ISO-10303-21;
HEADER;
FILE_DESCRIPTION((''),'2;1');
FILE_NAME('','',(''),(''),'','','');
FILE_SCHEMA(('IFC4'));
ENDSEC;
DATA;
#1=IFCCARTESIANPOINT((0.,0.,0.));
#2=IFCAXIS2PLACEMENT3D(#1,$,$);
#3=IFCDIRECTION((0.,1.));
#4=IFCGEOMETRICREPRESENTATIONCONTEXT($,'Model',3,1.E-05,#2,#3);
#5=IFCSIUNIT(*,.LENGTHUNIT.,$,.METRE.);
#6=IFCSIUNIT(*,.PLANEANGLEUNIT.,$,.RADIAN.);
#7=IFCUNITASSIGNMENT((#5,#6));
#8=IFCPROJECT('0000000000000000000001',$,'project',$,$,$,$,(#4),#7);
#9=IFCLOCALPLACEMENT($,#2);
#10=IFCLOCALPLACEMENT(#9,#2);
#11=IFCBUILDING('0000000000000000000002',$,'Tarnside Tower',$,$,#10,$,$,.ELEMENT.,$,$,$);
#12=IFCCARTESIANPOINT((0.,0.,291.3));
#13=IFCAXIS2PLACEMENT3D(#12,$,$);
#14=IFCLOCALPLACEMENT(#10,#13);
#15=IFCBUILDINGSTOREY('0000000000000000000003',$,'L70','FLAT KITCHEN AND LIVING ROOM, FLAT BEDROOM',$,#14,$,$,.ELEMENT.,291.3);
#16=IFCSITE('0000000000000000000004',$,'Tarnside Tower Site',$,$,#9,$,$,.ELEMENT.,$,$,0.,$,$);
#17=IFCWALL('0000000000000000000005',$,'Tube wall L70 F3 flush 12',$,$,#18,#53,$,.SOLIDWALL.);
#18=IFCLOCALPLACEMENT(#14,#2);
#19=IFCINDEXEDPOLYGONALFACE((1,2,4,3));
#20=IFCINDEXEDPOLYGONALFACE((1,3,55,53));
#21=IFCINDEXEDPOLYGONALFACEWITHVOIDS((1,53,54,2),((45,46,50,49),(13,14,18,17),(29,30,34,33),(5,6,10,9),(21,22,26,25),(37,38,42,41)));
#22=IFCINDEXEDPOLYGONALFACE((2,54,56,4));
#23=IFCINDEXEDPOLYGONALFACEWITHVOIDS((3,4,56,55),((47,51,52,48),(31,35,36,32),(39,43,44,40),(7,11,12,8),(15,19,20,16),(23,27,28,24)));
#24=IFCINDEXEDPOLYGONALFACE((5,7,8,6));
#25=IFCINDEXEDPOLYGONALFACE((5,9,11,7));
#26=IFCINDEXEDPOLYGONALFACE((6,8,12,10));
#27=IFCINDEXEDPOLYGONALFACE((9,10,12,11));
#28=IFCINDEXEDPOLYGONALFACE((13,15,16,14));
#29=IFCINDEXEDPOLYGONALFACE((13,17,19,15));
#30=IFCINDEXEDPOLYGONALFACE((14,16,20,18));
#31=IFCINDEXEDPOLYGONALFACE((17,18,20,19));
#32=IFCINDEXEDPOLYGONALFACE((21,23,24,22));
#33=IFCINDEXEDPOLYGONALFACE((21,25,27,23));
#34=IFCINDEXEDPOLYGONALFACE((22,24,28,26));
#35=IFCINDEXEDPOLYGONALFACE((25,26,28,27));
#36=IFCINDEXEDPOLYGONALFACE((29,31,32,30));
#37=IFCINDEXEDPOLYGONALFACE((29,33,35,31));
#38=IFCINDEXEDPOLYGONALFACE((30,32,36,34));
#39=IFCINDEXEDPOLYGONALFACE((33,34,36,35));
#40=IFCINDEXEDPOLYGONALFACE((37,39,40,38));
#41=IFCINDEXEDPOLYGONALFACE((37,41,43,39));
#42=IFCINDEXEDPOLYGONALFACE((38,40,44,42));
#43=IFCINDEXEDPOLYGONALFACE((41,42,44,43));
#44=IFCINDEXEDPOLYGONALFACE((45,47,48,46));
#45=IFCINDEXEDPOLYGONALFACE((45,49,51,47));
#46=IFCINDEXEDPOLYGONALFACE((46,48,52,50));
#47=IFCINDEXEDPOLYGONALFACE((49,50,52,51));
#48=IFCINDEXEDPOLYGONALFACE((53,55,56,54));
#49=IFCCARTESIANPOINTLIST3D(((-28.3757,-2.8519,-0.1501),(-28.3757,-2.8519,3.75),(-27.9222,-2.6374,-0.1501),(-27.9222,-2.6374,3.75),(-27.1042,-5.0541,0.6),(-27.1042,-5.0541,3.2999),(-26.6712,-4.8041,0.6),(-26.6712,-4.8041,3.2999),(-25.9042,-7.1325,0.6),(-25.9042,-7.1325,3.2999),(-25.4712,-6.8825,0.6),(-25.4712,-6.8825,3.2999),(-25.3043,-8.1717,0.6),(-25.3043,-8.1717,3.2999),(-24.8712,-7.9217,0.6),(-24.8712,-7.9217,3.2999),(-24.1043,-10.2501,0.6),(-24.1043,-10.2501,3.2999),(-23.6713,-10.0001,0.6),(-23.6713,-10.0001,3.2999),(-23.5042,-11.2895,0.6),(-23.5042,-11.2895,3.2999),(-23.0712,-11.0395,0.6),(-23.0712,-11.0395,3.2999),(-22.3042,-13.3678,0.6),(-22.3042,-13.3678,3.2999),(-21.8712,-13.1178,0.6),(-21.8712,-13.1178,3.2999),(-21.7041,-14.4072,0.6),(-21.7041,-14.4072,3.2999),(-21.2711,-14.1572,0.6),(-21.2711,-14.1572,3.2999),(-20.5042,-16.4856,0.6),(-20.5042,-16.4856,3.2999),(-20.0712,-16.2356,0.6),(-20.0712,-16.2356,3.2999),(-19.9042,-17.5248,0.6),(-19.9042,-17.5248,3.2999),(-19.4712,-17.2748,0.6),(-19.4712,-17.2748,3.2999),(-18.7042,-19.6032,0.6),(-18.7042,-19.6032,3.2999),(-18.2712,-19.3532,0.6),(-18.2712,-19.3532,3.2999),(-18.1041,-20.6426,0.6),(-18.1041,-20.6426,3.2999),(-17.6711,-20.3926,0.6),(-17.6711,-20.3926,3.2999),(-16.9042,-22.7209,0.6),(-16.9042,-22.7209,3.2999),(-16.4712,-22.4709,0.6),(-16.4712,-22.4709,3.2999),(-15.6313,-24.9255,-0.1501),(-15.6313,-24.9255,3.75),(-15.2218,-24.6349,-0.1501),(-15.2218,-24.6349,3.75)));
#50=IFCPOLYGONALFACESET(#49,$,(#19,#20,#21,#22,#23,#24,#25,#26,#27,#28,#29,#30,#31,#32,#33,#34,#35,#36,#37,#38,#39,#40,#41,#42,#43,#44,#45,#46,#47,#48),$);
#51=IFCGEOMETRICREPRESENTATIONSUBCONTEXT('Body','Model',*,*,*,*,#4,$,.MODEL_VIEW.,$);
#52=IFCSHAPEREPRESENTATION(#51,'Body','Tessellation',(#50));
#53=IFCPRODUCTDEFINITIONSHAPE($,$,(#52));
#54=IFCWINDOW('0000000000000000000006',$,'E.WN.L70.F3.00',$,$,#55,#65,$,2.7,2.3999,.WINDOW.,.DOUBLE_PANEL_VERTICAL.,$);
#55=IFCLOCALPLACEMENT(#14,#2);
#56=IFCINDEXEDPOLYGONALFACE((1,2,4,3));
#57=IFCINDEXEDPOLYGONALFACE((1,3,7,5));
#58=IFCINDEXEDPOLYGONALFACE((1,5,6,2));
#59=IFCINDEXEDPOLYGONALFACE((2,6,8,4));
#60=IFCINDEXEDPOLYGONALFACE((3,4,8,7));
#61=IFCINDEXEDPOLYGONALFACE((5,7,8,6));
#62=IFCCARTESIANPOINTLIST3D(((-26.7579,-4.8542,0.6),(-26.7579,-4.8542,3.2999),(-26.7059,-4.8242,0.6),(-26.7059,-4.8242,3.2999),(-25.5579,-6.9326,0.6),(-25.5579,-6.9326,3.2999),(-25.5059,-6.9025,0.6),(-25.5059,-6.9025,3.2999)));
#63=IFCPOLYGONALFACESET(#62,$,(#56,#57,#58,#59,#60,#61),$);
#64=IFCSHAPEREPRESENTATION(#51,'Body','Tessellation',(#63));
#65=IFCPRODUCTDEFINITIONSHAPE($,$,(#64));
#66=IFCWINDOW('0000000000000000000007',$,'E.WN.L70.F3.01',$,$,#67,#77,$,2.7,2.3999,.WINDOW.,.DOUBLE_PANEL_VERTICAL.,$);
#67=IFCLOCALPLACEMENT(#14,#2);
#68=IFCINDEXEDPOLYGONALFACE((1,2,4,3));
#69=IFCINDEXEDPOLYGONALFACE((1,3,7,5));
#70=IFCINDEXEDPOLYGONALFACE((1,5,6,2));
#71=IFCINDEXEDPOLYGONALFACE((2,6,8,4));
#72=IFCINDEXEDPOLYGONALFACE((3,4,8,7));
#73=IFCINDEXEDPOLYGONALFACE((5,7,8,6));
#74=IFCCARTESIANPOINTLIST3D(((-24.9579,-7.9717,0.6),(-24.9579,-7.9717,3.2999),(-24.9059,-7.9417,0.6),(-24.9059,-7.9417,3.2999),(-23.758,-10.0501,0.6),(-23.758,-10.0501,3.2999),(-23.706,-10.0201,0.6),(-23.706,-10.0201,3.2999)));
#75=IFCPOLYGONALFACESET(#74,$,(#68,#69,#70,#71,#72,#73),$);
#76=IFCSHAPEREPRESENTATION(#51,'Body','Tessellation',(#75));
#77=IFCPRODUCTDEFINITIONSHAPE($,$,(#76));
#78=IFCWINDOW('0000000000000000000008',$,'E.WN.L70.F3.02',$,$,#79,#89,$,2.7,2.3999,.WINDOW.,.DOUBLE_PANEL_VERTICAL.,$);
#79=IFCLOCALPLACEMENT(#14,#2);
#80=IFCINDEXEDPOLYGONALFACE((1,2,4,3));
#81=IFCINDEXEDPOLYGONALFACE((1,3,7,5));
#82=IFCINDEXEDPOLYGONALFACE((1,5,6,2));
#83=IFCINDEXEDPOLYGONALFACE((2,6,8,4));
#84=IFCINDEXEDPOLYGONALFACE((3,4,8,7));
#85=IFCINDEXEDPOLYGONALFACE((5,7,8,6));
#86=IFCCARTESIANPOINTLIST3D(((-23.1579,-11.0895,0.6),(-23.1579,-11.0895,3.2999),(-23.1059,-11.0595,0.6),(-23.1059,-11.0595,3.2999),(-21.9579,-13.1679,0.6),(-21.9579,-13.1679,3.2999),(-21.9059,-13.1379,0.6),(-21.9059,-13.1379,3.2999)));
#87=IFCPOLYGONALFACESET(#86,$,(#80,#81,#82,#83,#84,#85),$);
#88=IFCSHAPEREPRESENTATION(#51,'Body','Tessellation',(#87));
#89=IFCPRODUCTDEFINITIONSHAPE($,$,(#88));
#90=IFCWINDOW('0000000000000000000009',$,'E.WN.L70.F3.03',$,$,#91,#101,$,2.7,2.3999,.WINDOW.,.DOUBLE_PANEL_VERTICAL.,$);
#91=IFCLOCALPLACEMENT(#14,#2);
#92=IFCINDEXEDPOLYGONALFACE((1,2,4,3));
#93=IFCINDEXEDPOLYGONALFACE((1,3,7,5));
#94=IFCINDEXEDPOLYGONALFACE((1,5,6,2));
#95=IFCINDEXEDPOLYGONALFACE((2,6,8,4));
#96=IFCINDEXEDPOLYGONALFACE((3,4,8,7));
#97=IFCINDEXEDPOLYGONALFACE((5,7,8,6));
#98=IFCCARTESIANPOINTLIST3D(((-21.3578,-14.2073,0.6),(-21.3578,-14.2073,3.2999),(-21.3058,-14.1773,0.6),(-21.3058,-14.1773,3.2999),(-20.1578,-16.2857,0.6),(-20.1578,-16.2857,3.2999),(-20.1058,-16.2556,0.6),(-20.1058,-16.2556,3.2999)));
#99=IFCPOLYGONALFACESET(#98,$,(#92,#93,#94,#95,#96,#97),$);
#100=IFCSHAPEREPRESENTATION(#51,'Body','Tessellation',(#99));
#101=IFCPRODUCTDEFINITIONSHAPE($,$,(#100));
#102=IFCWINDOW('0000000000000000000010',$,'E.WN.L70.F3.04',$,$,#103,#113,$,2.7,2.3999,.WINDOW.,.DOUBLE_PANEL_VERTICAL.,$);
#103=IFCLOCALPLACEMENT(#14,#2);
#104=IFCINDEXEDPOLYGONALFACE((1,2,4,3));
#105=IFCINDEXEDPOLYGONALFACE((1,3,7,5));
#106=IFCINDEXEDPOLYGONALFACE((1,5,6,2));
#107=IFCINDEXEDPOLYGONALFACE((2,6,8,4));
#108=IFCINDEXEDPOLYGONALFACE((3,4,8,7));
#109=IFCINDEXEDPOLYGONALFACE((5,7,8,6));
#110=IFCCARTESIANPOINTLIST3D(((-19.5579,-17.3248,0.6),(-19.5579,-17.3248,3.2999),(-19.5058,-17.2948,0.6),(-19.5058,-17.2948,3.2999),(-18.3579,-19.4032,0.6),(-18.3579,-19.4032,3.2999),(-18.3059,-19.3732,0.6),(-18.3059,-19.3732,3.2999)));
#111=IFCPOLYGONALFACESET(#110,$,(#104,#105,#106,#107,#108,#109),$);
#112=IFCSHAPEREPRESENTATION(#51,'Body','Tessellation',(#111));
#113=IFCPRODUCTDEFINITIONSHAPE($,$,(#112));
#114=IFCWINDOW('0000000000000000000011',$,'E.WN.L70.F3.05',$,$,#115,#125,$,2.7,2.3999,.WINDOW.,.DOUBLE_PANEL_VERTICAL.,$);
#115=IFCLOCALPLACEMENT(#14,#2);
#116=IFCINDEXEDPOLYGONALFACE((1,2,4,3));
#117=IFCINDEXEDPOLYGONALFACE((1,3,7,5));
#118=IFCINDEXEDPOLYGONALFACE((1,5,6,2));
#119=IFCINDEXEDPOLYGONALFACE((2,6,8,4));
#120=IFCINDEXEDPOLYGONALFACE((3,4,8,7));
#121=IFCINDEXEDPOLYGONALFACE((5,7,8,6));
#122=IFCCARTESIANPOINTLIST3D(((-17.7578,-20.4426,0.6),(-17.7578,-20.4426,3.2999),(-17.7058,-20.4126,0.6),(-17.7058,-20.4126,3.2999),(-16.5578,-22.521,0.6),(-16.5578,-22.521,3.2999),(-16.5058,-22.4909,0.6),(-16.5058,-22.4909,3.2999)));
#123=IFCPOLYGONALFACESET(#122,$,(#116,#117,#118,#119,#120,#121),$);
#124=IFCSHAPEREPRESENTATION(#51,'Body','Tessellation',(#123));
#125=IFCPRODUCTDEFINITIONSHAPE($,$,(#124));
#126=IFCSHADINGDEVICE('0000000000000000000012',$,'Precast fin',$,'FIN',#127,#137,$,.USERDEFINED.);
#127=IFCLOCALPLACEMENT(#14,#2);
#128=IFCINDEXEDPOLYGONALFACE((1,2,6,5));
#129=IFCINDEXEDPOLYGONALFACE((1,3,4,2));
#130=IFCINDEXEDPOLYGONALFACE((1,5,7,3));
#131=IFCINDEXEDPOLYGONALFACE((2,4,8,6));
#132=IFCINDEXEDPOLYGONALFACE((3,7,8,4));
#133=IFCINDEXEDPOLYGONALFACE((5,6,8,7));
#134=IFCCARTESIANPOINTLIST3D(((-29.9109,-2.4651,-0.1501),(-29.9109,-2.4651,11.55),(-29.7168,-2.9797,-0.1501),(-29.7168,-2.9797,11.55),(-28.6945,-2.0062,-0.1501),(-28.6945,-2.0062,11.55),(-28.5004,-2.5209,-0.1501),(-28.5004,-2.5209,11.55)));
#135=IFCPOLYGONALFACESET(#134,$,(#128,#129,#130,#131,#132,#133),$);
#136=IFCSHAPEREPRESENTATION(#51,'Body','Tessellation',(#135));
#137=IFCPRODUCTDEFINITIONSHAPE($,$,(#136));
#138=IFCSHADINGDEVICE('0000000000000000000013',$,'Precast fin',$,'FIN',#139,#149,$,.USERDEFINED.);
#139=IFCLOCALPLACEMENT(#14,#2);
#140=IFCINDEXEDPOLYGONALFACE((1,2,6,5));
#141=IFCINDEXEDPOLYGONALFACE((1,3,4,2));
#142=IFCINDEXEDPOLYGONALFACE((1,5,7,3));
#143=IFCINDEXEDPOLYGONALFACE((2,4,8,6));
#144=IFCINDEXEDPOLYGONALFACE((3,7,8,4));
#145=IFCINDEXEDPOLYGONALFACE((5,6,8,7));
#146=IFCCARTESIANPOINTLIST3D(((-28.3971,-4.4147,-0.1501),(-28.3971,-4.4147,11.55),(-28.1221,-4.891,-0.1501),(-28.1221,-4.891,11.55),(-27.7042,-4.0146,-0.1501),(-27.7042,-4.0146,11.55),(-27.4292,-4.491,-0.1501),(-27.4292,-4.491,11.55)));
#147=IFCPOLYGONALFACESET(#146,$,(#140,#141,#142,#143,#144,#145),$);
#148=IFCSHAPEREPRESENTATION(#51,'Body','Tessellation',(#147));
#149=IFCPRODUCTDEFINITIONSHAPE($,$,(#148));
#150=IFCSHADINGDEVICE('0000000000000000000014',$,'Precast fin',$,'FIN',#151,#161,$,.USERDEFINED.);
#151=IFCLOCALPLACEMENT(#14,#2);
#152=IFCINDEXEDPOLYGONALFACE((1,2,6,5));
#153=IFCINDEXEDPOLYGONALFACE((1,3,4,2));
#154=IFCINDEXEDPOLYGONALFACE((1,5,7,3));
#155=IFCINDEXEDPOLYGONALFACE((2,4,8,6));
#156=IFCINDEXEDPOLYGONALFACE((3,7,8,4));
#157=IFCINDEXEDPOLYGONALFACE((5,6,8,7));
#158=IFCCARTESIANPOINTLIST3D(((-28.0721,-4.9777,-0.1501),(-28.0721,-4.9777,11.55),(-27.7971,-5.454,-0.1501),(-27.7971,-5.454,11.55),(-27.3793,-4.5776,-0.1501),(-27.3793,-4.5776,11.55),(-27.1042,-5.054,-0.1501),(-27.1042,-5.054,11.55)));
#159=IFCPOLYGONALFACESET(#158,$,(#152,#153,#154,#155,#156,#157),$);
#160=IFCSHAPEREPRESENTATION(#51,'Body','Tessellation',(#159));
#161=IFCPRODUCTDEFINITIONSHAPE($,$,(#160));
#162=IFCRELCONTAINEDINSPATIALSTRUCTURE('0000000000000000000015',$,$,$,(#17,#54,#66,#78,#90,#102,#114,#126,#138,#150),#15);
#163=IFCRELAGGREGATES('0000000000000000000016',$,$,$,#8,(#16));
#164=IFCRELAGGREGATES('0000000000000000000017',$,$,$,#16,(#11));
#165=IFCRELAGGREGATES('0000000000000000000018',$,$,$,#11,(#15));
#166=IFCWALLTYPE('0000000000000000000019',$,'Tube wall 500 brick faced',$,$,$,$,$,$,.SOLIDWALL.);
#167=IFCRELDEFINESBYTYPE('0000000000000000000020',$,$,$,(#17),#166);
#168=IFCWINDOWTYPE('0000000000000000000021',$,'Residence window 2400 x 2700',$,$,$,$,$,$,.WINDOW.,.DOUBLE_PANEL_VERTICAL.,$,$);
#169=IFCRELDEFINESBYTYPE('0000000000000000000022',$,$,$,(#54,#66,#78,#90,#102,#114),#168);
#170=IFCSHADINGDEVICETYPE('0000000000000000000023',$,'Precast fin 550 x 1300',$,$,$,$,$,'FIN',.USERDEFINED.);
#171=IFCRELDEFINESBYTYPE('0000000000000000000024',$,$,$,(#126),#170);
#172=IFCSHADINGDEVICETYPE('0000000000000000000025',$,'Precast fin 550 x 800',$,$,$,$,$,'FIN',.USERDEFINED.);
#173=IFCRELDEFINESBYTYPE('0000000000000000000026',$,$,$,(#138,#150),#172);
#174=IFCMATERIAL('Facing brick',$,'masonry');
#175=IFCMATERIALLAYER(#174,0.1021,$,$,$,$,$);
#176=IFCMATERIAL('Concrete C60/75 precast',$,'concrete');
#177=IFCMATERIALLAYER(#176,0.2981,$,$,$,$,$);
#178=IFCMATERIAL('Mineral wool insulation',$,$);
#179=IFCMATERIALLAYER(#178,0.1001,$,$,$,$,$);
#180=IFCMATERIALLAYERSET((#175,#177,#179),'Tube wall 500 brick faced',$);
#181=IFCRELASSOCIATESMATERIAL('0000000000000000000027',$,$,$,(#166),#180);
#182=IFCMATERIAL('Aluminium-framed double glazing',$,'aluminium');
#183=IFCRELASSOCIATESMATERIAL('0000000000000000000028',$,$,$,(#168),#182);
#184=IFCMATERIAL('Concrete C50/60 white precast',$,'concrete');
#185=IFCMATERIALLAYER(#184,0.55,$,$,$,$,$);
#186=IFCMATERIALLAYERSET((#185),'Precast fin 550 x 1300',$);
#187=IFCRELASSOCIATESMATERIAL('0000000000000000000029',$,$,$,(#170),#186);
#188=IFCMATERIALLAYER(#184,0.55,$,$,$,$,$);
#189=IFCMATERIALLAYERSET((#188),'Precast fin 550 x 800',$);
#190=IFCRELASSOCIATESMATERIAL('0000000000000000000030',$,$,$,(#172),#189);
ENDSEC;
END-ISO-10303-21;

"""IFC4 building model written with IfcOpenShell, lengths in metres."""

from ifc_helpers import new_model, si_unit, direction, frame, frame_2d, origin, place, context, subcontext, project, spatial, polyline, rectangle, outline, extrude, material, layer, layer_set, type_object, element, fill, save


model = new_model("IFC4")

# Units and contexts
model_context = context("Model", 3, precision=1e-05, world=origin(), true_north=direction((0.0, 1.0)))
body_context = subcontext(model_context, "Body", "Model", "MODEL_VIEW")
ifc_project = project(units=[si_unit("LENGTHUNIT", "METRE"), si_unit("PLANEANGLEUNIT", "RADIAN")], contexts=[model_context])

# Site, building, storey
site_placement = place(None, origin())
site = spatial("IfcSite", under=ifc_project, at=site_placement, Name="Tarnside Tower Site", CompositionType="ELEMENT", RefElevation=0.0)
building_placement = place(site_placement, origin())
building = spatial("IfcBuilding", under=site, at=building_placement, Name="Tarnside Tower", CompositionType="ELEMENT")
storey_placement = place(building_placement, frame((0.0, 0.0, 291.3)))
storey = spatial("IfcBuildingStorey", under=building, at=storey_placement, Name="L70", Description="FLAT KITCHEN AND LIVING ROOM, FLAT BEDROOM", CompositionType="ELEMENT", Elevation=291.3)

# Shared definitions
ifc_material_1 = material(Name="Facing brick", Category="masonry")
ifc_layer_1 = layer(ifc_material_1, 0.1021)
ifc_material_2 = material(Name="Concrete C60/75 precast", Category="concrete")
ifc_layer_2 = layer(ifc_material_2, 0.2981)
ifc_material_3 = material(Name="Mineral wool insulation")
ifc_layer_3 = layer(ifc_material_3, 0.1001)
ifc_layer_set_1 = layer_set([ifc_layer_1, ifc_layer_2, ifc_layer_3], Name="Tube wall 500 brick faced")
wall_type_1 = type_object("IfcWallType", Name="Tube wall 500 brick faced", PredefinedType="SOLIDWALL", material=ifc_layer_set_1)

# Wall, openings, windows
wall_1_placement = place(storey_placement, frame((-28.1489, -2.7446, -0.1501), z_axis=(0.0, 0.0, 1.0), x_axis=(0.500004, -0.866023, 0.0)))
wall_1 = element("IfcWall", 1, at=wall_1_placement, inside=storey, type_object=wall_type_1, Name="Tube wall L70 F3 flush 12", PredefinedType="SOLIDWALL", context=body_context, shape_type="SweptSolid", body=[
    extrude(outline(polyline([(-0.0205, -0.25), (25.468, -0.25), (25.4211, 0.25), (0.0205, 0.25), (-0.0205, -0.25)])), origin(), (0.0, 0.0, 1.0), 3.9001),
])
opening_1_placement = place(wall_1_placement, frame((2.5225, 0.0, 0.75)))
opening_1 = element("IfcOpeningElement", 2, at=opening_1_placement, cuts=wall_1, PredefinedType="OPENING", context=body_context, shape_type="SweptSolid", body=[
    extrude(rectangle(XDim=2.3999, YDim=2.7, at=frame_2d((1.2, 1.3501))), frame((0.0, 0.26, 0.0), z_axis=(0.0, -1.0, 0.0), x_axis=(1.0, 0.0, 0.0)), (0.0, 0.0, 1.0), 0.52),
])
opening_2_placement = place(wall_1_placement, frame((6.1223, 0.0, 0.75)))
opening_2 = element("IfcOpeningElement", 3, at=opening_2_placement, cuts=wall_1, PredefinedType="OPENING", context=body_context, shape_type="SweptSolid", body=[
    extrude(rectangle(XDim=2.3999, YDim=2.7, at=frame_2d((1.2, 1.3501))), frame((0.0, 0.26, 0.0), z_axis=(0.0, -1.0, 0.0), x_axis=(1.0, 0.0, 0.0)), (0.0, 0.0, 1.0), 0.52),
])
opening_3_placement = place(wall_1_placement, frame((9.7224, 0.0, 0.75)))
opening_3 = element("IfcOpeningElement", 4, at=opening_3_placement, cuts=wall_1, PredefinedType="OPENING", context=body_context, shape_type="SweptSolid", body=[
    extrude(rectangle(XDim=2.3999, YDim=2.7, at=frame_2d((1.2, 1.3501))), frame((0.0, 0.26, 0.0), z_axis=(0.0, -1.0, 0.0), x_axis=(1.0, 0.0, 0.0)), (0.0, 0.0, 1.0), 0.52),
])
opening_4_placement = place(wall_1_placement, frame((13.3225, 0.0, 0.75)))
opening_4 = element("IfcOpeningElement", 5, at=opening_4_placement, cuts=wall_1, PredefinedType="OPENING", context=body_context, shape_type="SweptSolid", body=[
    extrude(rectangle(XDim=2.3999, YDim=2.7, at=frame_2d((1.2, 1.3501))), frame((0.0, 0.26, 0.0), z_axis=(0.0, -1.0, 0.0), x_axis=(1.0, 0.0, 0.0)), (0.0, 0.0, 1.0), 0.52),
])
opening_5_placement = place(wall_1_placement, frame((16.9224, 0.0, 0.75)))
opening_5 = element("IfcOpeningElement", 6, at=opening_5_placement, cuts=wall_1, PredefinedType="OPENING", context=body_context, shape_type="SweptSolid", body=[
    extrude(rectangle(XDim=2.3999, YDim=2.7, at=frame_2d((1.2, 1.3501))), frame((0.0, 0.26, 0.0), z_axis=(0.0, -1.0, 0.0), x_axis=(1.0, 0.0, 0.0)), (0.0, 0.0, 1.0), 0.52),
])
opening_6_placement = place(wall_1_placement, frame((20.5225, 0.0, 0.75)))
opening_6 = element("IfcOpeningElement", 7, at=opening_6_placement, cuts=wall_1, PredefinedType="OPENING", context=body_context, shape_type="SweptSolid", body=[
    extrude(rectangle(XDim=2.3999, YDim=2.7, at=frame_2d((1.2, 1.3501))), frame((0.0, 0.26, 0.0), z_axis=(0.0, -1.0, 0.0), x_axis=(1.0, 0.0, 0.0)), (0.0, 0.0, 1.0), 0.52),
])
ifc_material_4 = material(Name="Aluminium-framed double glazing", Category="aluminium")
window_type = type_object("IfcWindowType", Name="Residence window 2400 x 2700", PartitioningType="DOUBLE_PANEL_VERTICAL", PredefinedType="WINDOW", material=ifc_material_4)
window_1_placement = place(opening_1_placement, frame((0.0, 0.1799, 0.0)))
window_1 = element("IfcWindow", 8, at=window_1_placement, inside=storey, type_object=window_type, Name="E.WN.L70.F3.00", OverallHeight=2.7, OverallWidth=2.3999, PartitioningType="DOUBLE_PANEL_VERTICAL", PredefinedType="WINDOW", context=body_context, shape_type="SweptSolid", body=[
    extrude(rectangle(XDim=2.3999, YDim=2.7, at=frame_2d((1.2, 1.3501))), frame((0.0, 0.03, 0.0), z_axis=(0.0, -1.0, 0.0), x_axis=(1.0, 0.0, 0.0)), (0.0, 0.0, 1.0), 0.0601),
])
fill(opening_1, window_1)
window_2_placement = place(opening_2_placement, frame((0.0, 0.1799, 0.0)))
window_2 = element("IfcWindow", 9, at=window_2_placement, inside=storey, type_object=window_type, Name="E.WN.L70.F3.01", OverallHeight=2.7, OverallWidth=2.3999, PartitioningType="DOUBLE_PANEL_VERTICAL", PredefinedType="WINDOW", context=body_context, shape_type="SweptSolid", body=[
    extrude(rectangle(XDim=2.3999, YDim=2.7, at=frame_2d((1.2, 1.3501))), frame((0.0, 0.03, 0.0), z_axis=(0.0, -1.0, 0.0), x_axis=(1.0, 0.0, 0.0)), (0.0, 0.0, 1.0), 0.0601),
])
fill(opening_2, window_2)
window_3_placement = place(opening_3_placement, frame((0.0, 0.1799, 0.0)))
window_3 = element("IfcWindow", 10, at=window_3_placement, inside=storey, type_object=window_type, Name="E.WN.L70.F3.02", OverallHeight=2.7, OverallWidth=2.3999, PartitioningType="DOUBLE_PANEL_VERTICAL", PredefinedType="WINDOW", context=body_context, shape_type="SweptSolid", body=[
    extrude(rectangle(XDim=2.3999, YDim=2.7, at=frame_2d((1.2, 1.3501))), frame((0.0, 0.03, 0.0), z_axis=(0.0, -1.0, 0.0), x_axis=(1.0, 0.0, 0.0)), (0.0, 0.0, 1.0), 0.0601),
])
fill(opening_3, window_3)
window_4_placement = place(opening_4_placement, frame((0.0, 0.1799, 0.0)))
window_4 = element("IfcWindow", 11, at=window_4_placement, inside=storey, type_object=window_type, Name="E.WN.L70.F3.03", OverallHeight=2.7, OverallWidth=2.3999, PartitioningType="DOUBLE_PANEL_VERTICAL", PredefinedType="WINDOW", context=body_context, shape_type="SweptSolid", body=[
    extrude(rectangle(XDim=2.3999, YDim=2.7, at=frame_2d((1.2, 1.3501))), frame((0.0, 0.03, 0.0), z_axis=(0.0, -1.0, 0.0), x_axis=(1.0, 0.0, 0.0)), (0.0, 0.0, 1.0), 0.0601),
])
fill(opening_4, window_4)
window_5_placement = place(opening_5_placement, frame((0.0, 0.1799, 0.0)))
window_5 = element("IfcWindow", 12, at=window_5_placement, inside=storey, type_object=window_type, Name="E.WN.L70.F3.04", OverallHeight=2.7, OverallWidth=2.3999, PartitioningType="DOUBLE_PANEL_VERTICAL", PredefinedType="WINDOW", context=body_context, shape_type="SweptSolid", body=[
    extrude(rectangle(XDim=2.3999, YDim=2.7, at=frame_2d((1.2, 1.3501))), frame((0.0, 0.03, 0.0), z_axis=(0.0, -1.0, 0.0), x_axis=(1.0, 0.0, 0.0)), (0.0, 0.0, 1.0), 0.0601),
])
fill(opening_5, window_5)
window_6_placement = place(opening_6_placement, frame((0.0, 0.1799, 0.0)))
window_6 = element("IfcWindow", 13, at=window_6_placement, inside=storey, type_object=window_type, Name="E.WN.L70.F3.05", OverallHeight=2.7, OverallWidth=2.3999, PartitioningType="DOUBLE_PANEL_VERTICAL", PredefinedType="WINDOW", context=body_context, shape_type="SweptSolid", body=[
    extrude(rectangle(XDim=2.3999, YDim=2.7, at=frame_2d((1.2, 1.3501))), frame((0.0, 0.03, 0.0), z_axis=(0.0, -1.0, 0.0), x_axis=(1.0, 0.0, 0.0)), (0.0, 0.0, 1.0), 0.0601),
])
fill(opening_6, window_6)

# Shading devices
ifc_material_5 = material(Name="Concrete C50/60 white precast", Category="concrete")
ifc_layer_4 = layer(ifc_material_5, 0.55)
ifc_layer_set_2 = layer_set([ifc_layer_4], Name="Precast fin 550 x 1300")
shading_device_type_1 = type_object("IfcShadingDeviceType", Name="Precast fin 550 x 1300", ElementType="FIN", PredefinedType="USERDEFINED", material=ifc_layer_set_2)
shading_device_placement = place(storey_placement, frame((-28.5974, -2.2637, -0.1501), z_axis=(-0.352931, 0.93565, 0.0), x_axis=(-0.93565, -0.352931, 0.0)))
element("IfcShadingDevice", 14, at=shading_device_placement, inside=storey, type_object=shading_device_type_1, Name="Precast fin", ObjectType="FIN", PredefinedType="USERDEFINED", context=body_context, shape_type="SweptSolid", body=[
    extrude(outline(polyline([(0.0, 0.0), (1.3, 0.0), (1.3, 11.7002), (0.0, 11.7002), (0.0, 0.0)])), frame((0.0, 0.0, -0.2749)), (0.0, 0.0, 1.0), 0.55),
])
ifc_layer_5 = layer(ifc_material_5, 0.55)
ifc_layer_set_3 = layer_set([ifc_layer_5], Name="Precast fin 550 x 800")
shading_device_type_2 = type_object("IfcShadingDeviceType", Name="Precast fin 550 x 800", ElementType="FIN", PredefinedType="USERDEFINED", material=ifc_layer_set_3)
for number, where, z_axis, x_axis, name in (
    (15, (-27.5667, -4.2529, -0.1501), (-0.5, 0.866025, 0.0), (-0.866025, -0.5, 0.0), "Precast fin"),
    (16, (-27.2417, -4.8159, -0.1501), (-0.5, 0.866025, 0.0), (-0.866025, -0.5, 0.0), "Precast fin"),
):
    element("IfcShadingDevice", number, at=place(storey_placement, frame(where, z_axis=z_axis, x_axis=x_axis)), inside=storey, type_object=shading_device_type_2, Name=name, ObjectType="FIN", PredefinedType="USERDEFINED", context=body_context, shape_type="SweptSolid", body=[
        extrude(outline(polyline([(0.0, 0.0), (0.8, 0.0), (0.8, 11.7002), (0.0, 11.7002), (0.0, 0.0)])), frame((0.0, 0.0, -0.2749)), (0.0, 0.0, 1.0), 0.55),
    ])

save(model, "model.ifc")
